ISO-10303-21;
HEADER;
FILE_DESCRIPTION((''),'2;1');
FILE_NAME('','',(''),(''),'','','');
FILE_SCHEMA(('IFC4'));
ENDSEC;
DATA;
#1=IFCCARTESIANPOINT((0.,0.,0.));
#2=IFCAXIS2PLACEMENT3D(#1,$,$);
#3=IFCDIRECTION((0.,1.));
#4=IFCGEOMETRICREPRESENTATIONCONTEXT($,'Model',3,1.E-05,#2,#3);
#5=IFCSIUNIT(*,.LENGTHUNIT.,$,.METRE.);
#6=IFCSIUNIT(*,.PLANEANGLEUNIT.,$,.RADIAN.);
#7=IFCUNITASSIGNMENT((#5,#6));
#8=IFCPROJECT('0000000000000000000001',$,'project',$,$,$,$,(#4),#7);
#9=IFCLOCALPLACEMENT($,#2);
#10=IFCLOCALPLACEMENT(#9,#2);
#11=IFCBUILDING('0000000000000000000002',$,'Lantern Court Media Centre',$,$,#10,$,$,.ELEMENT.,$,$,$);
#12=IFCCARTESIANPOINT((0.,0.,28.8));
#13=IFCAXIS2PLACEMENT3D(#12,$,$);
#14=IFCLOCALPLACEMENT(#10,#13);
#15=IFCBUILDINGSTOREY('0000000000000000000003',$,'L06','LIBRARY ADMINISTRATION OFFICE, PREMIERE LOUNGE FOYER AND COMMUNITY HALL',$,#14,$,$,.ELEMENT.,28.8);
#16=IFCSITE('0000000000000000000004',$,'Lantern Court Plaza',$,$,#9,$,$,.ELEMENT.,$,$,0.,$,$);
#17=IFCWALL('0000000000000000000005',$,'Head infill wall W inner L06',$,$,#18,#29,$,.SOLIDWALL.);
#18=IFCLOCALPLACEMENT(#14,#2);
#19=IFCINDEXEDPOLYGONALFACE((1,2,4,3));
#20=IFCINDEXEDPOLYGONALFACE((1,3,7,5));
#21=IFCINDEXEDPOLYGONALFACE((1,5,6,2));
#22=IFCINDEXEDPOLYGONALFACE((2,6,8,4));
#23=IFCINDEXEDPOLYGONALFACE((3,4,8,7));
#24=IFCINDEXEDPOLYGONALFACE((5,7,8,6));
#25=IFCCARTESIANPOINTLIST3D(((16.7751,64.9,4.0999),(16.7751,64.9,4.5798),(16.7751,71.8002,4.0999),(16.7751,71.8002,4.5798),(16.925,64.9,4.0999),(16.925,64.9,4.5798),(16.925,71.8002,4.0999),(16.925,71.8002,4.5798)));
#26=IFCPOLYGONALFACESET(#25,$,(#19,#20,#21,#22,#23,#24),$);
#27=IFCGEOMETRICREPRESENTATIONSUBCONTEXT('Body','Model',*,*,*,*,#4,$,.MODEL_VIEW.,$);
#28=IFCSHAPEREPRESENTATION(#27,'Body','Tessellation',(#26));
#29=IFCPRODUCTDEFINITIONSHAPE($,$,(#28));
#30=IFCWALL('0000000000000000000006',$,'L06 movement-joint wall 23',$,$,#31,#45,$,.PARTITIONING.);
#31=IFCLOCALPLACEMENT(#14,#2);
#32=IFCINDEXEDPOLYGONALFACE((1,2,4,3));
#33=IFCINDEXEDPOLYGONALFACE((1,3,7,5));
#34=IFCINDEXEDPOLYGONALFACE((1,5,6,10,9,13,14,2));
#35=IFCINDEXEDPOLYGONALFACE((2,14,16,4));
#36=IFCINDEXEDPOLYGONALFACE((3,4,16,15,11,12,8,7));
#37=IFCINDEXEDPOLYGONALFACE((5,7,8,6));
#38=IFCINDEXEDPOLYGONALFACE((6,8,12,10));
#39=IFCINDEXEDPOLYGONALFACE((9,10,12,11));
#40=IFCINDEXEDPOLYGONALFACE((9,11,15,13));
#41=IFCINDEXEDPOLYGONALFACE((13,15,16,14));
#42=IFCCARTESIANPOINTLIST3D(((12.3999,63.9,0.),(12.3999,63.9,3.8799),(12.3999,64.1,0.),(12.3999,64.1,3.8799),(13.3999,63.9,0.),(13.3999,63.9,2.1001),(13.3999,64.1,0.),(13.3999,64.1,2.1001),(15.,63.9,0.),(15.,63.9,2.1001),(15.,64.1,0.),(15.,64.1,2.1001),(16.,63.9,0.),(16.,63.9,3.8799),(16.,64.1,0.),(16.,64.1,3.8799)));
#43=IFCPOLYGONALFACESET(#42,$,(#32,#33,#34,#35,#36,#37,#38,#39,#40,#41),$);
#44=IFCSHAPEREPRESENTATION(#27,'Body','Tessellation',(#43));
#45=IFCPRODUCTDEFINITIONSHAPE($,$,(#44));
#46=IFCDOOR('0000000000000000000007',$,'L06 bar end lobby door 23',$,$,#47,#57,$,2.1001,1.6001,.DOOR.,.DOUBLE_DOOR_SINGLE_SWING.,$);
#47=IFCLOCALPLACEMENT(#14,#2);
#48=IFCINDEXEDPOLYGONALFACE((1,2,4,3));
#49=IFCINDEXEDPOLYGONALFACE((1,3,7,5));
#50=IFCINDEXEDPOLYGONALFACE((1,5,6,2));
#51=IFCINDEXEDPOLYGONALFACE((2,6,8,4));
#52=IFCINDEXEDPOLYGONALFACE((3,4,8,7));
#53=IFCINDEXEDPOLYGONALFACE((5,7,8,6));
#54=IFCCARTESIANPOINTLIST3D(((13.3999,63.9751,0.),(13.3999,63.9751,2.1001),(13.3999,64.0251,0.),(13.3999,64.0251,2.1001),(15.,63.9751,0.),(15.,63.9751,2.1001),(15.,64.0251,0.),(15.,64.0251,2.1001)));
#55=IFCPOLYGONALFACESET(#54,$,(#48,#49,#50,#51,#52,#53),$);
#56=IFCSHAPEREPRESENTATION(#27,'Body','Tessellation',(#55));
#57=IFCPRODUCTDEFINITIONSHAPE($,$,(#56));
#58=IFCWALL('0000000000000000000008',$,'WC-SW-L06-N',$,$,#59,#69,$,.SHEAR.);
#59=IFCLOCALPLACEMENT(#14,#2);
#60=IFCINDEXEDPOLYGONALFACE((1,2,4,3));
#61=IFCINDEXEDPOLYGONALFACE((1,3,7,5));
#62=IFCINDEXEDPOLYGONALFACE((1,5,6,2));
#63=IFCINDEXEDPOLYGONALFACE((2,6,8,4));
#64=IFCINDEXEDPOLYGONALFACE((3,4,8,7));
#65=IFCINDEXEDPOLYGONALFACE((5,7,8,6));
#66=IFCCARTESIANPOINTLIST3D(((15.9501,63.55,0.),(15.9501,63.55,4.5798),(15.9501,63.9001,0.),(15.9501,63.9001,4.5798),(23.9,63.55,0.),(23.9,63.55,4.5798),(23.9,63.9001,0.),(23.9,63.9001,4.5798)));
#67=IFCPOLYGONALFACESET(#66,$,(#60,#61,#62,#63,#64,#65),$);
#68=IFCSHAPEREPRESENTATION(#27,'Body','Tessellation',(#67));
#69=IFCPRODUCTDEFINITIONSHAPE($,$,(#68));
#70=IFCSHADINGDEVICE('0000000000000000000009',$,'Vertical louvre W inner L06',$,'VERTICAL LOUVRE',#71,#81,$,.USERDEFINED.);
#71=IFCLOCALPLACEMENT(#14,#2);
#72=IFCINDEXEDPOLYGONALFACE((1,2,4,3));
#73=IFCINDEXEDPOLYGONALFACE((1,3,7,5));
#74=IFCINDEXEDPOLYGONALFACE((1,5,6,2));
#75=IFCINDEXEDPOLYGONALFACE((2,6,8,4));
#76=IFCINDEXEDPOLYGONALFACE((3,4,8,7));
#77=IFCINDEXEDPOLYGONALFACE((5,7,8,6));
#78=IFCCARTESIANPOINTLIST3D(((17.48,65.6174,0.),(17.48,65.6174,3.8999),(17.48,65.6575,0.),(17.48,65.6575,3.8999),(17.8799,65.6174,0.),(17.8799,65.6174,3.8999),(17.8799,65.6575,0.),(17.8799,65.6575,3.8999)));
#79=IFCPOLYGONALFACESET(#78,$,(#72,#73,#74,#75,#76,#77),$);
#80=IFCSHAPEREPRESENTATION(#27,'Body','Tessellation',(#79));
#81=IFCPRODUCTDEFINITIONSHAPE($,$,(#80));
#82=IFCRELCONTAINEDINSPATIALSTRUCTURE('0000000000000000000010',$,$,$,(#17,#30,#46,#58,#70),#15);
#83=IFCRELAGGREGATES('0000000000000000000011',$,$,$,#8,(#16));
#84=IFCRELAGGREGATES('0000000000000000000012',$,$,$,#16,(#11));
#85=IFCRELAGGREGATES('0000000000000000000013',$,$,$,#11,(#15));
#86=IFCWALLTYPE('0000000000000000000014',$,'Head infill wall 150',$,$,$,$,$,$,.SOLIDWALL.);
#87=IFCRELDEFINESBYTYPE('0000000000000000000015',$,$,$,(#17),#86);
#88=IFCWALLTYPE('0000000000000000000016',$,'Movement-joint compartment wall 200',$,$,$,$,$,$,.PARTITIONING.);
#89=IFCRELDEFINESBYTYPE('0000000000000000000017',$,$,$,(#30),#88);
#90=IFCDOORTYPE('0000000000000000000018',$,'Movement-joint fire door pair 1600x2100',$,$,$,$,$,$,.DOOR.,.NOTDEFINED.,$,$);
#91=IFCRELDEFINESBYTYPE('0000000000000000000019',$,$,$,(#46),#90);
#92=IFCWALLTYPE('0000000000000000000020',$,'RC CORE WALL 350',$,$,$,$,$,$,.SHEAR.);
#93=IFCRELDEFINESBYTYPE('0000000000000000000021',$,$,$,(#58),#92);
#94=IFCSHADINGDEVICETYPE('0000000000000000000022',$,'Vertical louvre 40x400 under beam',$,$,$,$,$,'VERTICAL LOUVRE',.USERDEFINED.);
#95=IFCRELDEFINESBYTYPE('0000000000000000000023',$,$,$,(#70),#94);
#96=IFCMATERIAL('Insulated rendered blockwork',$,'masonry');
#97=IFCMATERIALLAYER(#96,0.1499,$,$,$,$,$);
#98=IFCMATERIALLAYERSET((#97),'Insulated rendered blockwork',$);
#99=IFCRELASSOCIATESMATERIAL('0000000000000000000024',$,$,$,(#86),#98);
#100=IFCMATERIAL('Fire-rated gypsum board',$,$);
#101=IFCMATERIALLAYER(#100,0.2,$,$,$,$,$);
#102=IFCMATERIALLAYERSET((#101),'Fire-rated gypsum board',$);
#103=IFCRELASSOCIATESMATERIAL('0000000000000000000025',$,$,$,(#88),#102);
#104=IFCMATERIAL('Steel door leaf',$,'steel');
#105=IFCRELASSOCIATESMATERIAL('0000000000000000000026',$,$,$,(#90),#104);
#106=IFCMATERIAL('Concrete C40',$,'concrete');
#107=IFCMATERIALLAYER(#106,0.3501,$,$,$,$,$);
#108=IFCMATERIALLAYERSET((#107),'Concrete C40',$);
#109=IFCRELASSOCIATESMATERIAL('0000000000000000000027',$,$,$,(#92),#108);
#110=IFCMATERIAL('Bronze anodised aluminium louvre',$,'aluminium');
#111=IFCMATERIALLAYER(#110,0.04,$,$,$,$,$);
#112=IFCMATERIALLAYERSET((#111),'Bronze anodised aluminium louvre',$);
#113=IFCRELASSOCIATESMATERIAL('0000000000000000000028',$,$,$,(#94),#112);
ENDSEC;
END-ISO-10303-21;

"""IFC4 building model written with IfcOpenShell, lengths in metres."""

from ifc_helpers import new_model, si_unit, direction, frame, frame_2d, origin, origin_2d, place, context, subcontext, project, spatial, rectangle, extrude, material, layer, layer_set, type_object, element, fill, save


model = new_model("IFC4")

# Units and contexts
model_context = context("Model", 3, precision=1e-05, world=origin(), true_north=direction((0.0, 1.0)))
body_context = subcontext(model_context, "Body", "Model", "MODEL_VIEW")
ifc_project = project(units=[si_unit("LENGTHUNIT", "METRE"), si_unit("PLANEANGLEUNIT", "RADIAN")], contexts=[model_context])

# Site, building, storey
site_placement = place(None, origin())
site = spatial("IfcSite", under=ifc_project, at=site_placement, Name="Lantern Court Plaza", CompositionType="ELEMENT", RefElevation=0.0)
building_placement = place(site_placement, origin())
building = spatial("IfcBuilding", under=site, at=building_placement, Name="Lantern Court Media Centre", CompositionType="ELEMENT")
storey_placement = place(building_placement, frame((0.0, 0.0, 28.8)))
storey = spatial("IfcBuildingStorey", under=building, at=storey_placement, Name="L06", Description="LIBRARY ADMINISTRATION OFFICE, PREMIERE LOUNGE FOYER AND COMMUNITY HALL", CompositionType="ELEMENT", Elevation=28.8)

# Shared definitions
ifc_material_1 = material(Name="Concrete C40", Category="concrete")
ifc_material_2 = material(Name="Steel door leaf", Category="steel")

# Wall
ifc_material_3 = material(Name="Insulated rendered blockwork", Category="masonry")
ifc_layer_1 = layer(ifc_material_3, 0.1499)
ifc_layer_set_1 = layer_set([ifc_layer_1], Name="Insulated rendered blockwork")
wall_type_1 = type_object("IfcWallType", Name="Head infill wall 150", PredefinedType="SOLIDWALL", material=ifc_layer_set_1)
wall_1_placement = place(storey_placement, frame((16.8501, 64.8999, 4.0999), z_axis=(0.0, 0.0, 1.0), x_axis=(0.0, 1.0, 0.0)))
element("IfcWall", 1, at=wall_1_placement, inside=storey, type_object=wall_type_1, Name="Head infill wall W inner L06", PredefinedType="SOLIDWALL", context=body_context, shape_type="SweptSolid", body=[
    extrude(rectangle(XDim=6.9001, YDim=0.1499, at=frame_2d((3.4502, 0.0))), origin(), (0.0, 0.0, 1.0), 0.48),
])

# Wall, opening, door
ifc_material_4 = material(Name="Fire-rated gypsum board")
ifc_layer_2 = layer(ifc_material_4, 0.2)
ifc_layer_set_2 = layer_set([ifc_layer_2], Name="Fire-rated gypsum board")
wall_type_2 = type_object("IfcWallType", Name="Movement-joint compartment wall 200", PredefinedType="PARTITIONING", material=ifc_layer_set_2)
wall_2_placement = place(storey_placement, frame((12.3999, 64.0, 0.0), z_axis=(0.0, 0.0, 1.0), x_axis=(1.0, 0.0, 0.0)))
wall_2 = element("IfcWall", 2, at=wall_2_placement, inside=storey, type_object=wall_type_2, Name="L06 movement-joint wall 23", PredefinedType="PARTITIONING", context=body_context, shape_type="SweptSolid", body=[
    extrude(rectangle(XDim=3.6001, YDim=0.2, at=frame_2d((1.8, 0.0))), origin(), (0.0, 0.0, 1.0), 3.8799),
])
opening_1_placement = place(wall_2_placement, frame((1.0, 0.0, 0.0)))
opening_1 = element("IfcOpeningElement", 3, at=opening_1_placement, cuts=wall_2, PredefinedType="OPENING", context=body_context, shape_type="SweptSolid", body=[
    extrude(rectangle(XDim=1.6001, YDim=2.1001, at=frame_2d((0.8, 1.05))), frame((0.0, 0.1099, 0.0), z_axis=(0.0, -1.0, 0.0), x_axis=(1.0, 0.0, 0.0)), (0.0, 0.0, 1.0), 0.22),
])
door_type_1 = type_object("IfcDoorType", Name="Movement-joint fire door pair 1600x2100", OperationType="NOTDEFINED", PredefinedType="DOOR", material=ifc_material_2)
door_1_placement = place(opening_1_placement, frame((1.6001, 0.0, 0.0), z_axis=(0.0, 0.0, 1.0), x_axis=(-1.0, 0.0, 0.0)))
door_1 = element("IfcDoor", 4, at=door_1_placement, inside=storey, type_object=door_type_1, Name="L06 bar end lobby door 23", OperationType="DOUBLE_DOOR_SINGLE_SWING", OverallHeight=2.1001, OverallWidth=1.6001, PredefinedType="DOOR", context=body_context, shape_type="SweptSolid", body=[
    extrude(rectangle(XDim=1.6001, YDim=2.1001, at=frame_2d((0.8, 1.05))), frame((0.0, 0.0249, 0.0), z_axis=(0.0, -1.0, 0.0), x_axis=(1.0, 0.0, 0.0)), (0.0, 0.0, 1.0), 0.05),
])
fill(opening_1, door_1)

# Wall
ifc_layer_3 = layer(ifc_material_1, 0.3501)
ifc_layer_set_3 = layer_set([ifc_layer_3], Name="Concrete C40")
wall_type_3 = type_object("IfcWallType", Name="RC CORE WALL 350", PredefinedType="SHEAR", material=ifc_layer_set_3)
wall_3_placement = place(storey_placement, frame((15.95, 63.7251, 0.0), z_axis=(0.0, 0.0, 1.0), x_axis=(1.0, 0.0, 0.0)))
element("IfcWall", 5, at=wall_3_placement, inside=storey, type_object=wall_type_3, Name="WC-SW-L06-N", PredefinedType="SHEAR", context=body_context, shape_type="SweptSolid", body=[
    extrude(rectangle(XDim=7.95, YDim=0.3501, at=frame_2d((3.9751, 0.0))), origin(), (0.0, 0.0, 1.0), 4.5798),
])

# Shading device
ifc_material_5 = material(Name="Bronze anodised aluminium louvre", Category="aluminium")
ifc_layer_4 = layer(ifc_material_5, 0.04)
ifc_layer_set_4 = layer_set([ifc_layer_4], Name="Bronze anodised aluminium louvre")
shading_device_type = type_object("IfcShadingDeviceType", Name="Vertical louvre 40x400 under beam", ElementType="VERTICAL LOUVRE", PredefinedType="USERDEFINED", material=ifc_layer_set_4)
shading_device_placement = place(storey_placement, frame((17.6799, 65.6375, 0.0), z_axis=(0.0, 0.0, 1.0), x_axis=(1.0, 0.0, 0.0)))
element("IfcShadingDevice", 6, at=shading_device_placement, inside=storey, type_object=shading_device_type, Name="Vertical louvre W inner L06", ObjectType="VERTICAL LOUVRE", PredefinedType="USERDEFINED", context=body_context, shape_type="SweptSolid", body=[
    extrude(rectangle(XDim=0.3999, YDim=0.04, at=origin_2d()), origin(), (0.0, 0.0, 1.0), 3.8999),
])

save(model, "model.ifc")
